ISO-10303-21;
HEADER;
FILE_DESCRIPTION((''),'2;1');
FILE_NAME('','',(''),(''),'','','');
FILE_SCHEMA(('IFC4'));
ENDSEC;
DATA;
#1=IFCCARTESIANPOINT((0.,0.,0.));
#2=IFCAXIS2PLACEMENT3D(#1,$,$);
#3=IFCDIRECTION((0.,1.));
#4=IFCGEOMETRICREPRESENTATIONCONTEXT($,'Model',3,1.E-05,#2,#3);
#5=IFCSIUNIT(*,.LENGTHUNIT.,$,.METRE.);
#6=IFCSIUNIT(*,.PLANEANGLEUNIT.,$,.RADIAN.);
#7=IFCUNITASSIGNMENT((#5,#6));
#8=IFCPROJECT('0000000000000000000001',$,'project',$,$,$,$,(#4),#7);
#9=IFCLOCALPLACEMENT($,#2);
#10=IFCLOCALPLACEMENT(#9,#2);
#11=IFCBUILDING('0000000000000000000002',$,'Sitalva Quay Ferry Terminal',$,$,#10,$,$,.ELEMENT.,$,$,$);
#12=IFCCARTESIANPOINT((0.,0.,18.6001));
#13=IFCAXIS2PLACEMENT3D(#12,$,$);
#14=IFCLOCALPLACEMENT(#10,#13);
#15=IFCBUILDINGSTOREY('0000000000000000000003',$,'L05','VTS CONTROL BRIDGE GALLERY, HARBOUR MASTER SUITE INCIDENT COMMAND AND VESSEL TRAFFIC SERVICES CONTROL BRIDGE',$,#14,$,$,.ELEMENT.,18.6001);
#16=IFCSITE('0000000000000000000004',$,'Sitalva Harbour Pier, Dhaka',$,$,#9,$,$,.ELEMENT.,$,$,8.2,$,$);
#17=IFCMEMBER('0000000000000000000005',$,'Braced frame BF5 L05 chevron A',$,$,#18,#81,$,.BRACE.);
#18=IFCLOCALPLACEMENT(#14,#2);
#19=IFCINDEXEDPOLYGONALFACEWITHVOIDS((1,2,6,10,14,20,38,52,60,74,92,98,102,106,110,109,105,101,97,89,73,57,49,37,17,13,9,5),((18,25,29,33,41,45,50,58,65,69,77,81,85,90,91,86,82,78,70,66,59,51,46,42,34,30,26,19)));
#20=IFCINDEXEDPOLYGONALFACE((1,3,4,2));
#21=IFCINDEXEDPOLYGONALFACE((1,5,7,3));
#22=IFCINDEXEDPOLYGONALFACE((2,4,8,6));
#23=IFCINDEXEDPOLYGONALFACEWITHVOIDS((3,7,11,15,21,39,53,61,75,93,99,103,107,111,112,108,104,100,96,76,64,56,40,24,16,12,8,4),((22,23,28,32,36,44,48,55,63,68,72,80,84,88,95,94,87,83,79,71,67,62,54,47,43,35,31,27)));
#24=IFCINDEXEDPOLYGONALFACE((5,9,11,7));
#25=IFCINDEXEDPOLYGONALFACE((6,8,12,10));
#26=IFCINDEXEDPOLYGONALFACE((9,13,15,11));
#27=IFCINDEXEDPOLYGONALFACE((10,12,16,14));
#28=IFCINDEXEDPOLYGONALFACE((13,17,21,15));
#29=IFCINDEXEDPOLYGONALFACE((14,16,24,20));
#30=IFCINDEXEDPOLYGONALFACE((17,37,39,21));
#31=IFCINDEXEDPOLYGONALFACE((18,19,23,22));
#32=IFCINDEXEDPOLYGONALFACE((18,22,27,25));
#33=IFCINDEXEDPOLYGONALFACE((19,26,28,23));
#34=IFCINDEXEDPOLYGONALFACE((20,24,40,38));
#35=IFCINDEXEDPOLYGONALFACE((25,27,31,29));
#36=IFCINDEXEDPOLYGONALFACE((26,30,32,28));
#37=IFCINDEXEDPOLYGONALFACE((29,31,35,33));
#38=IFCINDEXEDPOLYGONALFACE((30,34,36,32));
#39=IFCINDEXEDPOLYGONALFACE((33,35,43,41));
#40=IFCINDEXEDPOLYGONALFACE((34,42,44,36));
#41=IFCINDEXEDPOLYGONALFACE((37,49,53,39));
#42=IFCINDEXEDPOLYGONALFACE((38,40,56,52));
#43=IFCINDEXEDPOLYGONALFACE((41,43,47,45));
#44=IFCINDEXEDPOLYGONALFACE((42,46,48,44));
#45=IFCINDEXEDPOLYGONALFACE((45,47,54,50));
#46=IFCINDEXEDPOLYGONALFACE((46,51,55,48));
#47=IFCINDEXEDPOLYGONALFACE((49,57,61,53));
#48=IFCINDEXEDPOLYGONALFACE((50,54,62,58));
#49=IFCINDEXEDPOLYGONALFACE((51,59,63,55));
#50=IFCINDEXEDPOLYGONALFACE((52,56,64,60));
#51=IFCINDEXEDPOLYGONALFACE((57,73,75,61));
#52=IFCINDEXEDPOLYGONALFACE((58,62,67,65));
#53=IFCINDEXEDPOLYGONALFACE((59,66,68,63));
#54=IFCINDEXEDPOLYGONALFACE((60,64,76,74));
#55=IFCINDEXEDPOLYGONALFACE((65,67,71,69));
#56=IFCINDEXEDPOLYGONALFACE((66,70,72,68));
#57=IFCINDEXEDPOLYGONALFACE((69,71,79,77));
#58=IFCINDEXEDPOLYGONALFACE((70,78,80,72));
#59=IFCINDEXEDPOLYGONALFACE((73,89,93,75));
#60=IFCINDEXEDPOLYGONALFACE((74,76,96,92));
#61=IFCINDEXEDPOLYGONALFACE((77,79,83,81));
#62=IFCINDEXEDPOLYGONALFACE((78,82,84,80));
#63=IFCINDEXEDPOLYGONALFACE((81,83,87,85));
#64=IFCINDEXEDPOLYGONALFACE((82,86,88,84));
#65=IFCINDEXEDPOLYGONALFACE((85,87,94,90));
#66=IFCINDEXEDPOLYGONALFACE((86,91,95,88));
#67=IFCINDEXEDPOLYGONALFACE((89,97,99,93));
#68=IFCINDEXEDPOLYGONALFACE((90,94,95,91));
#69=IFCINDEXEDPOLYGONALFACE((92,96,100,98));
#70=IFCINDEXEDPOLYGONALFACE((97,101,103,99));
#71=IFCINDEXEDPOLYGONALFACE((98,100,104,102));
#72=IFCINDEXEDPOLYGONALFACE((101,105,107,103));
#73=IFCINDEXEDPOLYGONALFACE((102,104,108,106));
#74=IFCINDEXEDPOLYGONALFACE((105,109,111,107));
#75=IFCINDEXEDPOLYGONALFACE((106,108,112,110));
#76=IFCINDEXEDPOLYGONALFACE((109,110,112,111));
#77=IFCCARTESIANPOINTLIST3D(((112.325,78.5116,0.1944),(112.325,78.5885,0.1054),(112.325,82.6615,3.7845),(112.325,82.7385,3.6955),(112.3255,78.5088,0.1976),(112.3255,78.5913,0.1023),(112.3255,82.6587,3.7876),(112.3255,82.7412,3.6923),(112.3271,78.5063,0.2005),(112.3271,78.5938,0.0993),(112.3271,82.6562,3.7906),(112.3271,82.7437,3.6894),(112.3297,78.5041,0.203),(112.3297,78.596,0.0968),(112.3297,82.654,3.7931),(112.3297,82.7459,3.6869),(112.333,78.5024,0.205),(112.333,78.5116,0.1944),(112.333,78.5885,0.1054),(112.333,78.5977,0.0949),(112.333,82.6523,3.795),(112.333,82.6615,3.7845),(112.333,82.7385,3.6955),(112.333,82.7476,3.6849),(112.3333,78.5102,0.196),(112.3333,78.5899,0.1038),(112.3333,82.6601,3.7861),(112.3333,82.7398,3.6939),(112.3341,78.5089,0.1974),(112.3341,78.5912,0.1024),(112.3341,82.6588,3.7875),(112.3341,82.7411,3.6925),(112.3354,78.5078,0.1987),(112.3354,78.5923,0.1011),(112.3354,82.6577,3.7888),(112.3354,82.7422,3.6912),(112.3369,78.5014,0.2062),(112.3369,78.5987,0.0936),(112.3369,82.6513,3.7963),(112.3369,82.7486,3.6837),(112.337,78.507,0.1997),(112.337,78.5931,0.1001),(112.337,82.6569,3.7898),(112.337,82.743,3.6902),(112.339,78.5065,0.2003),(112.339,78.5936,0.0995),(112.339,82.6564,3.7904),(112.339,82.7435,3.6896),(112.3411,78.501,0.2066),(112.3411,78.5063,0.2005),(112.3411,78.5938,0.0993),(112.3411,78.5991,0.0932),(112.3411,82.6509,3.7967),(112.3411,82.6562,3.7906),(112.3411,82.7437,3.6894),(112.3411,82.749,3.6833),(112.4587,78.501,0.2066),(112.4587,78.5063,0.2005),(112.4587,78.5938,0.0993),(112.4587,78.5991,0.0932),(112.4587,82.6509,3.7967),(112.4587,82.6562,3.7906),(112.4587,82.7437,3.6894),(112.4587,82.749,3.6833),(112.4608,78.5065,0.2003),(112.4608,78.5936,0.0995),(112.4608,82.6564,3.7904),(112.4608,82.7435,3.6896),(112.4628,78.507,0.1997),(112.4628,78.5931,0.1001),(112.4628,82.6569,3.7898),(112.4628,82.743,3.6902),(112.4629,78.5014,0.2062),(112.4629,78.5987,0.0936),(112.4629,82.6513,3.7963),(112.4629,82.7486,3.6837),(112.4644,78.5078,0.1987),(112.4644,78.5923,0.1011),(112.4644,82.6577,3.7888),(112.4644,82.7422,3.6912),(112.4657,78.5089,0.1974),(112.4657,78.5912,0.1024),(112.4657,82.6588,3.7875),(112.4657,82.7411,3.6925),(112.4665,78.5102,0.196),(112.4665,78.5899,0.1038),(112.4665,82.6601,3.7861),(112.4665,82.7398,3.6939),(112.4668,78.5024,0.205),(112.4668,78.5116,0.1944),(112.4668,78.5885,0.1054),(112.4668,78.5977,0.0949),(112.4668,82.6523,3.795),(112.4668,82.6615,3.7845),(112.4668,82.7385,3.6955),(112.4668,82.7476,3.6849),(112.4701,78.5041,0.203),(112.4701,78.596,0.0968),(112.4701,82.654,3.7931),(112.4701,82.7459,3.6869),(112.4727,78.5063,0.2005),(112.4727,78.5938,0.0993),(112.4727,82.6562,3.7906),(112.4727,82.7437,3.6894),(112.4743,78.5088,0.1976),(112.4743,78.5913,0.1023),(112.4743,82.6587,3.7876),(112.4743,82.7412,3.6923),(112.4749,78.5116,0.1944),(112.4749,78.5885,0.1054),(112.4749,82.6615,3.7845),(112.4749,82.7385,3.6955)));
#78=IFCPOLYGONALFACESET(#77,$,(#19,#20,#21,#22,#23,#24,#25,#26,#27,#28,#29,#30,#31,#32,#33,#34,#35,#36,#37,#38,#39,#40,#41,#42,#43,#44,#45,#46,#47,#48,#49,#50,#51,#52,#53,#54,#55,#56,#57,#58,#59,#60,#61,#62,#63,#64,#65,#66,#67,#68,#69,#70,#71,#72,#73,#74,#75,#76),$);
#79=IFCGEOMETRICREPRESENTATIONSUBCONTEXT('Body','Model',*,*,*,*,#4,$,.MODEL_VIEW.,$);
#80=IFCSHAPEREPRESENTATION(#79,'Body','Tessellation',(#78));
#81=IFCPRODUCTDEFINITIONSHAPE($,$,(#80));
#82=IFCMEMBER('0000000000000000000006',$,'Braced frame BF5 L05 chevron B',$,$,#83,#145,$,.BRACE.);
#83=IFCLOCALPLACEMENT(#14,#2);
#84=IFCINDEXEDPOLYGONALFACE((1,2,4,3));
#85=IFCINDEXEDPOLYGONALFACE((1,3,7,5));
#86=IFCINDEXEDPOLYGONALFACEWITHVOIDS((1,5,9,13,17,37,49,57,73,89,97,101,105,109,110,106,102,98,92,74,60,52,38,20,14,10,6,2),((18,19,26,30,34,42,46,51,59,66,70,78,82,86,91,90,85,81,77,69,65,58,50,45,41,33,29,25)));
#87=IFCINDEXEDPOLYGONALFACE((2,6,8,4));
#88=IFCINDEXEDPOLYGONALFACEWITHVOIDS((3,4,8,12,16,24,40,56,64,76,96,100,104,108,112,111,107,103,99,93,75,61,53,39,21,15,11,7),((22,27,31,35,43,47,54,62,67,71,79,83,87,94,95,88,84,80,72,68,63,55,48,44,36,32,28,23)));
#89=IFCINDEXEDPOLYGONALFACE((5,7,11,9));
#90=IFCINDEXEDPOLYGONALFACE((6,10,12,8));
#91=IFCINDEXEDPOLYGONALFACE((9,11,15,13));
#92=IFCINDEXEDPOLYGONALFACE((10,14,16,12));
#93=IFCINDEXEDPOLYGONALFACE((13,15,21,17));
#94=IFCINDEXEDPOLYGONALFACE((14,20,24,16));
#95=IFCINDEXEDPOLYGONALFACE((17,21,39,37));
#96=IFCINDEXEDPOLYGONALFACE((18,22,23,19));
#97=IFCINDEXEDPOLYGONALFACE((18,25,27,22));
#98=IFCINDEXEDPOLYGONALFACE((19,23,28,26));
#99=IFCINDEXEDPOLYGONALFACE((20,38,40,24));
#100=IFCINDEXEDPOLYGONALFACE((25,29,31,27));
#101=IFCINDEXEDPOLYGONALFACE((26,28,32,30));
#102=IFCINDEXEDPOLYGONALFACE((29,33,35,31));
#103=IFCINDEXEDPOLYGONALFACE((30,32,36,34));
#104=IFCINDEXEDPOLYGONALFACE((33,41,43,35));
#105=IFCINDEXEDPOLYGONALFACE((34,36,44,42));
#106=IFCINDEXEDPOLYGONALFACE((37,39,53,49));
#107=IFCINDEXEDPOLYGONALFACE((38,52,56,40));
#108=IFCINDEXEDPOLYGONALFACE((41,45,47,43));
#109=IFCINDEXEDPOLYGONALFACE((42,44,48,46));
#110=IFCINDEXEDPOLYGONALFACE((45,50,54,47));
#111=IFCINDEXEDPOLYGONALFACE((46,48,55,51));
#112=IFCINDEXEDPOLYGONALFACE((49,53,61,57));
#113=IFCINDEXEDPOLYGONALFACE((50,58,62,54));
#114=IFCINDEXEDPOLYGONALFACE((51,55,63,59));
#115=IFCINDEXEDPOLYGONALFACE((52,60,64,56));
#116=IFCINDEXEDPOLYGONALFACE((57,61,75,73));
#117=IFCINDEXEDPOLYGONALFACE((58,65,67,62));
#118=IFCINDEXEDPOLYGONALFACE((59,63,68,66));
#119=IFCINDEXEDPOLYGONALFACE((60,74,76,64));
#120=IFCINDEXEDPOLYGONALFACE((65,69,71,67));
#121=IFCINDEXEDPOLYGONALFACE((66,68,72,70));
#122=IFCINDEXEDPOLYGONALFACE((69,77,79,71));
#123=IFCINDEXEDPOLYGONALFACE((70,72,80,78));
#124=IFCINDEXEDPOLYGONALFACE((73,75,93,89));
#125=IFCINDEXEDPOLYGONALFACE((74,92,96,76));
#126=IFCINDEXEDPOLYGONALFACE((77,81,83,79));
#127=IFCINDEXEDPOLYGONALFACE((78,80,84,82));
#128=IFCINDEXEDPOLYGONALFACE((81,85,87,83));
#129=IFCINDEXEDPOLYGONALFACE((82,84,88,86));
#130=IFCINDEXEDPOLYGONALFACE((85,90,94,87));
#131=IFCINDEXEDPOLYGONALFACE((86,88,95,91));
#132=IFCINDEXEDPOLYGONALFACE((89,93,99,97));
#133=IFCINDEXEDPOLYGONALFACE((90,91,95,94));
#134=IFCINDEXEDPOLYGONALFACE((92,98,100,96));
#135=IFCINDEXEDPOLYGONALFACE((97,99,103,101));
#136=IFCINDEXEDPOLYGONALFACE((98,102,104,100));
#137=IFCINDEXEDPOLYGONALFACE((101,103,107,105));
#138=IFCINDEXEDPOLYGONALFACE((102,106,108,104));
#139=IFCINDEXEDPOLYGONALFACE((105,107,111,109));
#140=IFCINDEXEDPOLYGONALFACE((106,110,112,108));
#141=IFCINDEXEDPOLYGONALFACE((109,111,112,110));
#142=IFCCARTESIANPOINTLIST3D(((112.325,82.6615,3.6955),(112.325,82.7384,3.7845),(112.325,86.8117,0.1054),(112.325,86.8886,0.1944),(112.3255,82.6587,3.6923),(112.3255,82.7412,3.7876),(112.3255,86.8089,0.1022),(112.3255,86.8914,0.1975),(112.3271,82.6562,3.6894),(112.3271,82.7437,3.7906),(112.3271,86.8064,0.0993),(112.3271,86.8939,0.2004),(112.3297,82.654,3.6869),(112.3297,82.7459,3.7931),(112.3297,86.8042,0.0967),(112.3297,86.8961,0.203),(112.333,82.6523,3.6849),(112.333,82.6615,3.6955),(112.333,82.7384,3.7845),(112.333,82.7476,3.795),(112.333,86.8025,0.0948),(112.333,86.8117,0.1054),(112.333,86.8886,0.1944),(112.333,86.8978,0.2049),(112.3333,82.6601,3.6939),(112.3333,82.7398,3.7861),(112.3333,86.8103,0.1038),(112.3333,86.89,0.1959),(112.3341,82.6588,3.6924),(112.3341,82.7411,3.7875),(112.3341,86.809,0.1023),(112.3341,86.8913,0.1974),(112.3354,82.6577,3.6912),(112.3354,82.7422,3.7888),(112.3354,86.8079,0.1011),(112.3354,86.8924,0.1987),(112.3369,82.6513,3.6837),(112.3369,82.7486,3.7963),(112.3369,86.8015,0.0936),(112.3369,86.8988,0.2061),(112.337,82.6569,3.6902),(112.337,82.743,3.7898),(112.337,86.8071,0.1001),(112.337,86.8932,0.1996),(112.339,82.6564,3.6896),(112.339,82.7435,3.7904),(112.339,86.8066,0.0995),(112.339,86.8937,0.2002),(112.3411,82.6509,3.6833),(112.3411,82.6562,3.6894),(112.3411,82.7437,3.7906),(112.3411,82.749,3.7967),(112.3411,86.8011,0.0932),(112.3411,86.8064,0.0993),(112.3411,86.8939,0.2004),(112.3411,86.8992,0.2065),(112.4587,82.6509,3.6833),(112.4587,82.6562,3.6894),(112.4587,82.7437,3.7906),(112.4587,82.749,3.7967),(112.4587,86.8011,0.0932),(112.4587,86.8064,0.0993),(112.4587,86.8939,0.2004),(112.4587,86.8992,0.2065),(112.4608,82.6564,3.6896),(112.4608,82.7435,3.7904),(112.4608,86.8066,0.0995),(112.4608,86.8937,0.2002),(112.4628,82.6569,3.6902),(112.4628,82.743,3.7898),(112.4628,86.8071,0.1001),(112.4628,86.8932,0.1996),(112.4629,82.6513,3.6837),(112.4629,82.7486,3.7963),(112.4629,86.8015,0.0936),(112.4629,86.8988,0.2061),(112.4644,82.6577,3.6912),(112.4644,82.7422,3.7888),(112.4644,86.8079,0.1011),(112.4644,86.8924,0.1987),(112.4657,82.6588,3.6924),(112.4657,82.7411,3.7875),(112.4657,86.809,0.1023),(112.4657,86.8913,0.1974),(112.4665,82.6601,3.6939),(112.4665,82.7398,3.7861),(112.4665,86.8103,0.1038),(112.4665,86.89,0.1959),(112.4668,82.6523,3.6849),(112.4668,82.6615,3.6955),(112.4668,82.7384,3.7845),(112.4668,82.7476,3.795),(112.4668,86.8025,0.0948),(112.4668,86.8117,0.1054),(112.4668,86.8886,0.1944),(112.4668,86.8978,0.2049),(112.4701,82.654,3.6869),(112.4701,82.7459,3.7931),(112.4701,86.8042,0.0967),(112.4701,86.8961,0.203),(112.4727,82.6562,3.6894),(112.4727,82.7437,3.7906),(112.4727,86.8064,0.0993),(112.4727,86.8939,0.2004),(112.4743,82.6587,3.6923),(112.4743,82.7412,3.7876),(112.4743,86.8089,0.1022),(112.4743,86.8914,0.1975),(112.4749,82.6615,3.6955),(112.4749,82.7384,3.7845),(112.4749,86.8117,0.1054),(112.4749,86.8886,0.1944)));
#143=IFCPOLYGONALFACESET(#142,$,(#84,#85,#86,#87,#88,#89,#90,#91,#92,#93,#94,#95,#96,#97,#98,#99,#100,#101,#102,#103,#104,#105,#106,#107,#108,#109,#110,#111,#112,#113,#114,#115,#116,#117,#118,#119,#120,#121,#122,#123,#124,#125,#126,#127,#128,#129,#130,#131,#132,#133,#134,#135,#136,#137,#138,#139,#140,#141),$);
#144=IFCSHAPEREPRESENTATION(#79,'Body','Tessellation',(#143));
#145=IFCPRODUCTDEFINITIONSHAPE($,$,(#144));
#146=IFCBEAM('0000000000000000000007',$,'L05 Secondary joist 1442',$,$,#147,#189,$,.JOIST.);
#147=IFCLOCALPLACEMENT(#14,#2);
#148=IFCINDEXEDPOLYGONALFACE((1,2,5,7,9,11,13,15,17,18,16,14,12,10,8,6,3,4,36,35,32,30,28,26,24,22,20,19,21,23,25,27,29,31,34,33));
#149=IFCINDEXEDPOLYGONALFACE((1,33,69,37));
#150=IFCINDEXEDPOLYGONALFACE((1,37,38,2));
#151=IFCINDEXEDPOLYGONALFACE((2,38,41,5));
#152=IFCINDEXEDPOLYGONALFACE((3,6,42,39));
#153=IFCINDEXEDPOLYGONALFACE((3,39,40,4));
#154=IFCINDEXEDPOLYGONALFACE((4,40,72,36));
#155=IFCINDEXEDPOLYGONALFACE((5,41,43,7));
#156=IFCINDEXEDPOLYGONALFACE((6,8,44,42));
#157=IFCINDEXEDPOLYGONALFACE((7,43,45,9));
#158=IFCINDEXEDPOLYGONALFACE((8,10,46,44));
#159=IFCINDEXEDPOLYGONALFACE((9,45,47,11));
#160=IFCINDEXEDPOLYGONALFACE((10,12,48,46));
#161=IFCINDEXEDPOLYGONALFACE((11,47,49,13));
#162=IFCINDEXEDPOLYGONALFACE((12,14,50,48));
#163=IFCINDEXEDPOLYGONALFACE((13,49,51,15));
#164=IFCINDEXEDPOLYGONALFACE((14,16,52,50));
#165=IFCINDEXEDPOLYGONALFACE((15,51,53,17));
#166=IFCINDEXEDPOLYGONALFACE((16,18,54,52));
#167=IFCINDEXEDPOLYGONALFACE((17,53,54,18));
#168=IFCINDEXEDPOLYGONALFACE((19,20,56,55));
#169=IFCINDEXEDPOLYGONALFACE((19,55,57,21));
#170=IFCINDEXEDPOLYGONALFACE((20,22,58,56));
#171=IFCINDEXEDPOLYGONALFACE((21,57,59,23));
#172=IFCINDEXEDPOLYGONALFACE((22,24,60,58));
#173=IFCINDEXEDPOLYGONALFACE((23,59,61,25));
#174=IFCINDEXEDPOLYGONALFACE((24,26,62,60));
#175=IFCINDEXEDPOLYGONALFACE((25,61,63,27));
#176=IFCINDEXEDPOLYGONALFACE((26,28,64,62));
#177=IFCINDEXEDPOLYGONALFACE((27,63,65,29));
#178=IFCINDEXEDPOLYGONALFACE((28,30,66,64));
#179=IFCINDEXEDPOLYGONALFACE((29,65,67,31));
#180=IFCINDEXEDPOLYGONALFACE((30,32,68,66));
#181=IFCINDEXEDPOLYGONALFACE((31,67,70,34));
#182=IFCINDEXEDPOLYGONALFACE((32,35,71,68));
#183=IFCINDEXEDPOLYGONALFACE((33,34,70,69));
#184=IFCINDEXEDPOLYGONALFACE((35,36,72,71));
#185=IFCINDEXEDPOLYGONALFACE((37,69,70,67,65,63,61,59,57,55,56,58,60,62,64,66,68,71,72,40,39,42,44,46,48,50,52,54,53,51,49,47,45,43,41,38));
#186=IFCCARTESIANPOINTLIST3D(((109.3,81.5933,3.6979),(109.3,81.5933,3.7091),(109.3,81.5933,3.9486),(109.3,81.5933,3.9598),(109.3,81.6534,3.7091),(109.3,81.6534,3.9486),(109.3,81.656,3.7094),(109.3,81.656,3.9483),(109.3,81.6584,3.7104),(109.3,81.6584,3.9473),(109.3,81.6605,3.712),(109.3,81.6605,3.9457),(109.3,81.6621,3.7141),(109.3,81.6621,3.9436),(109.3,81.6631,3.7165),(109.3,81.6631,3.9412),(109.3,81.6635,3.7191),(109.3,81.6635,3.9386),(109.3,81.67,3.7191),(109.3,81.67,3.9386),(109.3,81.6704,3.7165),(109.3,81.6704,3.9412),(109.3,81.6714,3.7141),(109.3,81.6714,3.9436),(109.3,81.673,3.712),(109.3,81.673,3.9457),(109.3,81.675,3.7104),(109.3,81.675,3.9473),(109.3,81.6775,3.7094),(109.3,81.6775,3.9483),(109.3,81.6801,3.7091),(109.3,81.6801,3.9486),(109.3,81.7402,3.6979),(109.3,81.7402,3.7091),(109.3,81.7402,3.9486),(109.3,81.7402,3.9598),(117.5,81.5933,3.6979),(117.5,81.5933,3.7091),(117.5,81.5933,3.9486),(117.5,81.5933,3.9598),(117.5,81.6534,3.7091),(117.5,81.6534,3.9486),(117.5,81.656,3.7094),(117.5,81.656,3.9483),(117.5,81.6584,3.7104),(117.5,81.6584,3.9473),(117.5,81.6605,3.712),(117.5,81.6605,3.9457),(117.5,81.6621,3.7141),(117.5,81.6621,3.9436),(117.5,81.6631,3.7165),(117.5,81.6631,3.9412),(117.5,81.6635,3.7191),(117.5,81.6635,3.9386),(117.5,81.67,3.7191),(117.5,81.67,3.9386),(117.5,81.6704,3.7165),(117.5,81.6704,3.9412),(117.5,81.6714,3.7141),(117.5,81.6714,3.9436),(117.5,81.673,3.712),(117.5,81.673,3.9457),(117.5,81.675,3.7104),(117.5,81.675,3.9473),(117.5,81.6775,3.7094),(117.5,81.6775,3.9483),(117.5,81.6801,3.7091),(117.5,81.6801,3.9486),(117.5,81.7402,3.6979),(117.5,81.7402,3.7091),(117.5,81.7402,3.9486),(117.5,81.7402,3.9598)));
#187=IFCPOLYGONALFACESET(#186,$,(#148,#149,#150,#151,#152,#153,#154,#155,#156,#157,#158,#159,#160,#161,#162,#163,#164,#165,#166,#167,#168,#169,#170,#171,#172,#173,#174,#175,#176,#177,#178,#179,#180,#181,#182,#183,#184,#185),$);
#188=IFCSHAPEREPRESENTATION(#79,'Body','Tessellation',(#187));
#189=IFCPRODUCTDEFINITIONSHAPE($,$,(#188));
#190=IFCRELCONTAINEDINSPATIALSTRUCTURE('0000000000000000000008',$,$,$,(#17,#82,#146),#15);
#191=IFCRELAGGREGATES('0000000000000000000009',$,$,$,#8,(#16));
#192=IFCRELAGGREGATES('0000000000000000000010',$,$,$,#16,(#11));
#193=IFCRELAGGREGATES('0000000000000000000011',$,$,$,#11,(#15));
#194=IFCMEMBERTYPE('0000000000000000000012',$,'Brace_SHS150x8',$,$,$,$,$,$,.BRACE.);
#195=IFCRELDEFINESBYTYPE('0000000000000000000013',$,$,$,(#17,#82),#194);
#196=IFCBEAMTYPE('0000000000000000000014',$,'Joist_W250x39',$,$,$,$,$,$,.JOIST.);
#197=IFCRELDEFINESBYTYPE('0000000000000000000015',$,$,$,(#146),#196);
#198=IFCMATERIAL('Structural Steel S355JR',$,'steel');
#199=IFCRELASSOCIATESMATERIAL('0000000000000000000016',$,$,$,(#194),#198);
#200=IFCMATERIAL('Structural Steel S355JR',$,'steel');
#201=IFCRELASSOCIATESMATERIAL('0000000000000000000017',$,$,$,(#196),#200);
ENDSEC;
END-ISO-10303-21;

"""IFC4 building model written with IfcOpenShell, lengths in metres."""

from ifc_helpers import new_model, si_unit, direction, frame, origin, origin_2d, place, context, subcontext, project, spatial, hollow_rectangle, i_section, extrude, material, material_profile, profile_set, type_object, element, save


model = new_model("IFC4")

# Units and contexts
model_context = context("Model", 3, precision=1e-05, world=origin(), true_north=direction((0.0, 1.0)))
body_context = subcontext(model_context, "Body", "Model", "MODEL_VIEW")
ifc_project = project(units=[si_unit("LENGTHUNIT", "METRE"), si_unit("PLANEANGLEUNIT", "RADIAN")], contexts=[model_context])

# Site, building, storey
site_placement = place(None, origin())
site = spatial("IfcSite", under=ifc_project, at=site_placement, Name="Sitalva Harbour Pier, Dhaka", CompositionType="ELEMENT", RefElevation=8.2)
building_placement = place(site_placement, origin())
building = spatial("IfcBuilding", under=site, at=building_placement, Name="Sitalva Quay Ferry Terminal", CompositionType="ELEMENT")
storey_placement = place(building_placement, frame((0.0, 0.0, 18.6001)))
storey = spatial("IfcBuildingStorey", under=building, at=storey_placement, Name="L05", Description="VTS CONTROL BRIDGE GALLERY, HARBOUR MASTER SUITE INCIDENT COMMAND AND VESSEL TRAFFIC SERVICES CONTROL BRIDGE", CompositionType="ELEMENT", Elevation=18.6001)

# Members
ifc_material_1 = material(Name="Structural Steel S355JR", Category="steel")
ifc_material_profile_1 = material_profile(ifc_material_1, hollow_rectangle(XDim=0.1499, YDim=0.1499, WallThickness=0.0081, InnerFilletRadius=0.0081, OuterFilletRadius=0.0161, at=origin_2d()), Name="SHS150x150x8")
ifc_profile_set_1 = profile_set([ifc_material_profile_1], Name="Structural Steel S355JR")
member_type_1 = type_object("IfcMemberType", Name="Brace_SHS150x8", PredefinedType="BRACE", material=ifc_profile_set_1)
member_1_placement = place(storey_placement, frame((112.3999, 78.55, 0.1499), z_axis=(0.0, 0.756275, 0.654254), x_axis=(-1.0, 0.0, 0.0)))
element("IfcMember", 1, at=member_1_placement, inside=storey, type_object=member_type_1, Name="Braced frame BF5 L05 chevron A", PredefinedType="BRACE", context=body_context, shape_type="SweptSolid", body=[
    extrude(hollow_rectangle(XDim=0.1499, YDim=0.1499, WallThickness=0.0081, InnerFilletRadius=0.0081, OuterFilletRadius=0.0161, at=origin_2d()), origin(), (0.0, 0.0, 1.0), 5.4873),
])
member_2_placement = place(storey_placement, frame((112.3999, 82.7, 3.74), z_axis=(0.0, 0.756294, -0.654232), x_axis=(-1.0, 0.0, 0.0)))
element("IfcMember", 2, at=member_2_placement, inside=storey, type_object=member_type_1, Name="Braced frame BF5 L05 chevron B", PredefinedType="BRACE", context=body_context, shape_type="SweptSolid", body=[
    extrude(hollow_rectangle(XDim=0.1499, YDim=0.1499, WallThickness=0.0081, InnerFilletRadius=0.0081, OuterFilletRadius=0.0161, at=origin_2d()), origin(), (0.0, 0.0, 1.0), 5.4875),
])

# Beam
ifc_material_2 = material(Name="Structural Steel S355JR", Category="steel")
ifc_material_profile_2 = material_profile(ifc_material_2, i_section(OverallWidth=0.147, OverallDepth=0.262, WebThickness=0.0066, FlangeThickness=0.0112, FilletRadius=0.01, at=origin_2d()), Name="W250x39")
ifc_profile_set_2 = profile_set([ifc_material_profile_2], Name="Structural Steel S355JR")
beam_type = type_object("IfcBeamType", Name="Joist_W250x39", PredefinedType="JOIST", material=ifc_profile_set_2)
for number, where, z_axis, x_axis, name in (
    (3, (109.3, 81.6667, 3.8289), (1.0, 0.0, 0.0), (0.0, 1.0, 0.0), "L05 Secondary joist 1442"),
):
    element("IfcBeam", number, at=place(storey_placement, frame(where, z_axis=z_axis, x_axis=x_axis)), inside=storey, type_object=beam_type, Name=name, PredefinedType="JOIST", context=body_context, shape_type="SweptSolid", body=[
        extrude(i_section(OverallWidth=0.147, OverallDepth=0.262, WebThickness=0.0066, FlangeThickness=0.0112, FilletRadius=0.01, at=origin_2d()), origin(), (0.0, 0.0, 1.0), 8.2),
    ])

save(model, "model.ifc")
